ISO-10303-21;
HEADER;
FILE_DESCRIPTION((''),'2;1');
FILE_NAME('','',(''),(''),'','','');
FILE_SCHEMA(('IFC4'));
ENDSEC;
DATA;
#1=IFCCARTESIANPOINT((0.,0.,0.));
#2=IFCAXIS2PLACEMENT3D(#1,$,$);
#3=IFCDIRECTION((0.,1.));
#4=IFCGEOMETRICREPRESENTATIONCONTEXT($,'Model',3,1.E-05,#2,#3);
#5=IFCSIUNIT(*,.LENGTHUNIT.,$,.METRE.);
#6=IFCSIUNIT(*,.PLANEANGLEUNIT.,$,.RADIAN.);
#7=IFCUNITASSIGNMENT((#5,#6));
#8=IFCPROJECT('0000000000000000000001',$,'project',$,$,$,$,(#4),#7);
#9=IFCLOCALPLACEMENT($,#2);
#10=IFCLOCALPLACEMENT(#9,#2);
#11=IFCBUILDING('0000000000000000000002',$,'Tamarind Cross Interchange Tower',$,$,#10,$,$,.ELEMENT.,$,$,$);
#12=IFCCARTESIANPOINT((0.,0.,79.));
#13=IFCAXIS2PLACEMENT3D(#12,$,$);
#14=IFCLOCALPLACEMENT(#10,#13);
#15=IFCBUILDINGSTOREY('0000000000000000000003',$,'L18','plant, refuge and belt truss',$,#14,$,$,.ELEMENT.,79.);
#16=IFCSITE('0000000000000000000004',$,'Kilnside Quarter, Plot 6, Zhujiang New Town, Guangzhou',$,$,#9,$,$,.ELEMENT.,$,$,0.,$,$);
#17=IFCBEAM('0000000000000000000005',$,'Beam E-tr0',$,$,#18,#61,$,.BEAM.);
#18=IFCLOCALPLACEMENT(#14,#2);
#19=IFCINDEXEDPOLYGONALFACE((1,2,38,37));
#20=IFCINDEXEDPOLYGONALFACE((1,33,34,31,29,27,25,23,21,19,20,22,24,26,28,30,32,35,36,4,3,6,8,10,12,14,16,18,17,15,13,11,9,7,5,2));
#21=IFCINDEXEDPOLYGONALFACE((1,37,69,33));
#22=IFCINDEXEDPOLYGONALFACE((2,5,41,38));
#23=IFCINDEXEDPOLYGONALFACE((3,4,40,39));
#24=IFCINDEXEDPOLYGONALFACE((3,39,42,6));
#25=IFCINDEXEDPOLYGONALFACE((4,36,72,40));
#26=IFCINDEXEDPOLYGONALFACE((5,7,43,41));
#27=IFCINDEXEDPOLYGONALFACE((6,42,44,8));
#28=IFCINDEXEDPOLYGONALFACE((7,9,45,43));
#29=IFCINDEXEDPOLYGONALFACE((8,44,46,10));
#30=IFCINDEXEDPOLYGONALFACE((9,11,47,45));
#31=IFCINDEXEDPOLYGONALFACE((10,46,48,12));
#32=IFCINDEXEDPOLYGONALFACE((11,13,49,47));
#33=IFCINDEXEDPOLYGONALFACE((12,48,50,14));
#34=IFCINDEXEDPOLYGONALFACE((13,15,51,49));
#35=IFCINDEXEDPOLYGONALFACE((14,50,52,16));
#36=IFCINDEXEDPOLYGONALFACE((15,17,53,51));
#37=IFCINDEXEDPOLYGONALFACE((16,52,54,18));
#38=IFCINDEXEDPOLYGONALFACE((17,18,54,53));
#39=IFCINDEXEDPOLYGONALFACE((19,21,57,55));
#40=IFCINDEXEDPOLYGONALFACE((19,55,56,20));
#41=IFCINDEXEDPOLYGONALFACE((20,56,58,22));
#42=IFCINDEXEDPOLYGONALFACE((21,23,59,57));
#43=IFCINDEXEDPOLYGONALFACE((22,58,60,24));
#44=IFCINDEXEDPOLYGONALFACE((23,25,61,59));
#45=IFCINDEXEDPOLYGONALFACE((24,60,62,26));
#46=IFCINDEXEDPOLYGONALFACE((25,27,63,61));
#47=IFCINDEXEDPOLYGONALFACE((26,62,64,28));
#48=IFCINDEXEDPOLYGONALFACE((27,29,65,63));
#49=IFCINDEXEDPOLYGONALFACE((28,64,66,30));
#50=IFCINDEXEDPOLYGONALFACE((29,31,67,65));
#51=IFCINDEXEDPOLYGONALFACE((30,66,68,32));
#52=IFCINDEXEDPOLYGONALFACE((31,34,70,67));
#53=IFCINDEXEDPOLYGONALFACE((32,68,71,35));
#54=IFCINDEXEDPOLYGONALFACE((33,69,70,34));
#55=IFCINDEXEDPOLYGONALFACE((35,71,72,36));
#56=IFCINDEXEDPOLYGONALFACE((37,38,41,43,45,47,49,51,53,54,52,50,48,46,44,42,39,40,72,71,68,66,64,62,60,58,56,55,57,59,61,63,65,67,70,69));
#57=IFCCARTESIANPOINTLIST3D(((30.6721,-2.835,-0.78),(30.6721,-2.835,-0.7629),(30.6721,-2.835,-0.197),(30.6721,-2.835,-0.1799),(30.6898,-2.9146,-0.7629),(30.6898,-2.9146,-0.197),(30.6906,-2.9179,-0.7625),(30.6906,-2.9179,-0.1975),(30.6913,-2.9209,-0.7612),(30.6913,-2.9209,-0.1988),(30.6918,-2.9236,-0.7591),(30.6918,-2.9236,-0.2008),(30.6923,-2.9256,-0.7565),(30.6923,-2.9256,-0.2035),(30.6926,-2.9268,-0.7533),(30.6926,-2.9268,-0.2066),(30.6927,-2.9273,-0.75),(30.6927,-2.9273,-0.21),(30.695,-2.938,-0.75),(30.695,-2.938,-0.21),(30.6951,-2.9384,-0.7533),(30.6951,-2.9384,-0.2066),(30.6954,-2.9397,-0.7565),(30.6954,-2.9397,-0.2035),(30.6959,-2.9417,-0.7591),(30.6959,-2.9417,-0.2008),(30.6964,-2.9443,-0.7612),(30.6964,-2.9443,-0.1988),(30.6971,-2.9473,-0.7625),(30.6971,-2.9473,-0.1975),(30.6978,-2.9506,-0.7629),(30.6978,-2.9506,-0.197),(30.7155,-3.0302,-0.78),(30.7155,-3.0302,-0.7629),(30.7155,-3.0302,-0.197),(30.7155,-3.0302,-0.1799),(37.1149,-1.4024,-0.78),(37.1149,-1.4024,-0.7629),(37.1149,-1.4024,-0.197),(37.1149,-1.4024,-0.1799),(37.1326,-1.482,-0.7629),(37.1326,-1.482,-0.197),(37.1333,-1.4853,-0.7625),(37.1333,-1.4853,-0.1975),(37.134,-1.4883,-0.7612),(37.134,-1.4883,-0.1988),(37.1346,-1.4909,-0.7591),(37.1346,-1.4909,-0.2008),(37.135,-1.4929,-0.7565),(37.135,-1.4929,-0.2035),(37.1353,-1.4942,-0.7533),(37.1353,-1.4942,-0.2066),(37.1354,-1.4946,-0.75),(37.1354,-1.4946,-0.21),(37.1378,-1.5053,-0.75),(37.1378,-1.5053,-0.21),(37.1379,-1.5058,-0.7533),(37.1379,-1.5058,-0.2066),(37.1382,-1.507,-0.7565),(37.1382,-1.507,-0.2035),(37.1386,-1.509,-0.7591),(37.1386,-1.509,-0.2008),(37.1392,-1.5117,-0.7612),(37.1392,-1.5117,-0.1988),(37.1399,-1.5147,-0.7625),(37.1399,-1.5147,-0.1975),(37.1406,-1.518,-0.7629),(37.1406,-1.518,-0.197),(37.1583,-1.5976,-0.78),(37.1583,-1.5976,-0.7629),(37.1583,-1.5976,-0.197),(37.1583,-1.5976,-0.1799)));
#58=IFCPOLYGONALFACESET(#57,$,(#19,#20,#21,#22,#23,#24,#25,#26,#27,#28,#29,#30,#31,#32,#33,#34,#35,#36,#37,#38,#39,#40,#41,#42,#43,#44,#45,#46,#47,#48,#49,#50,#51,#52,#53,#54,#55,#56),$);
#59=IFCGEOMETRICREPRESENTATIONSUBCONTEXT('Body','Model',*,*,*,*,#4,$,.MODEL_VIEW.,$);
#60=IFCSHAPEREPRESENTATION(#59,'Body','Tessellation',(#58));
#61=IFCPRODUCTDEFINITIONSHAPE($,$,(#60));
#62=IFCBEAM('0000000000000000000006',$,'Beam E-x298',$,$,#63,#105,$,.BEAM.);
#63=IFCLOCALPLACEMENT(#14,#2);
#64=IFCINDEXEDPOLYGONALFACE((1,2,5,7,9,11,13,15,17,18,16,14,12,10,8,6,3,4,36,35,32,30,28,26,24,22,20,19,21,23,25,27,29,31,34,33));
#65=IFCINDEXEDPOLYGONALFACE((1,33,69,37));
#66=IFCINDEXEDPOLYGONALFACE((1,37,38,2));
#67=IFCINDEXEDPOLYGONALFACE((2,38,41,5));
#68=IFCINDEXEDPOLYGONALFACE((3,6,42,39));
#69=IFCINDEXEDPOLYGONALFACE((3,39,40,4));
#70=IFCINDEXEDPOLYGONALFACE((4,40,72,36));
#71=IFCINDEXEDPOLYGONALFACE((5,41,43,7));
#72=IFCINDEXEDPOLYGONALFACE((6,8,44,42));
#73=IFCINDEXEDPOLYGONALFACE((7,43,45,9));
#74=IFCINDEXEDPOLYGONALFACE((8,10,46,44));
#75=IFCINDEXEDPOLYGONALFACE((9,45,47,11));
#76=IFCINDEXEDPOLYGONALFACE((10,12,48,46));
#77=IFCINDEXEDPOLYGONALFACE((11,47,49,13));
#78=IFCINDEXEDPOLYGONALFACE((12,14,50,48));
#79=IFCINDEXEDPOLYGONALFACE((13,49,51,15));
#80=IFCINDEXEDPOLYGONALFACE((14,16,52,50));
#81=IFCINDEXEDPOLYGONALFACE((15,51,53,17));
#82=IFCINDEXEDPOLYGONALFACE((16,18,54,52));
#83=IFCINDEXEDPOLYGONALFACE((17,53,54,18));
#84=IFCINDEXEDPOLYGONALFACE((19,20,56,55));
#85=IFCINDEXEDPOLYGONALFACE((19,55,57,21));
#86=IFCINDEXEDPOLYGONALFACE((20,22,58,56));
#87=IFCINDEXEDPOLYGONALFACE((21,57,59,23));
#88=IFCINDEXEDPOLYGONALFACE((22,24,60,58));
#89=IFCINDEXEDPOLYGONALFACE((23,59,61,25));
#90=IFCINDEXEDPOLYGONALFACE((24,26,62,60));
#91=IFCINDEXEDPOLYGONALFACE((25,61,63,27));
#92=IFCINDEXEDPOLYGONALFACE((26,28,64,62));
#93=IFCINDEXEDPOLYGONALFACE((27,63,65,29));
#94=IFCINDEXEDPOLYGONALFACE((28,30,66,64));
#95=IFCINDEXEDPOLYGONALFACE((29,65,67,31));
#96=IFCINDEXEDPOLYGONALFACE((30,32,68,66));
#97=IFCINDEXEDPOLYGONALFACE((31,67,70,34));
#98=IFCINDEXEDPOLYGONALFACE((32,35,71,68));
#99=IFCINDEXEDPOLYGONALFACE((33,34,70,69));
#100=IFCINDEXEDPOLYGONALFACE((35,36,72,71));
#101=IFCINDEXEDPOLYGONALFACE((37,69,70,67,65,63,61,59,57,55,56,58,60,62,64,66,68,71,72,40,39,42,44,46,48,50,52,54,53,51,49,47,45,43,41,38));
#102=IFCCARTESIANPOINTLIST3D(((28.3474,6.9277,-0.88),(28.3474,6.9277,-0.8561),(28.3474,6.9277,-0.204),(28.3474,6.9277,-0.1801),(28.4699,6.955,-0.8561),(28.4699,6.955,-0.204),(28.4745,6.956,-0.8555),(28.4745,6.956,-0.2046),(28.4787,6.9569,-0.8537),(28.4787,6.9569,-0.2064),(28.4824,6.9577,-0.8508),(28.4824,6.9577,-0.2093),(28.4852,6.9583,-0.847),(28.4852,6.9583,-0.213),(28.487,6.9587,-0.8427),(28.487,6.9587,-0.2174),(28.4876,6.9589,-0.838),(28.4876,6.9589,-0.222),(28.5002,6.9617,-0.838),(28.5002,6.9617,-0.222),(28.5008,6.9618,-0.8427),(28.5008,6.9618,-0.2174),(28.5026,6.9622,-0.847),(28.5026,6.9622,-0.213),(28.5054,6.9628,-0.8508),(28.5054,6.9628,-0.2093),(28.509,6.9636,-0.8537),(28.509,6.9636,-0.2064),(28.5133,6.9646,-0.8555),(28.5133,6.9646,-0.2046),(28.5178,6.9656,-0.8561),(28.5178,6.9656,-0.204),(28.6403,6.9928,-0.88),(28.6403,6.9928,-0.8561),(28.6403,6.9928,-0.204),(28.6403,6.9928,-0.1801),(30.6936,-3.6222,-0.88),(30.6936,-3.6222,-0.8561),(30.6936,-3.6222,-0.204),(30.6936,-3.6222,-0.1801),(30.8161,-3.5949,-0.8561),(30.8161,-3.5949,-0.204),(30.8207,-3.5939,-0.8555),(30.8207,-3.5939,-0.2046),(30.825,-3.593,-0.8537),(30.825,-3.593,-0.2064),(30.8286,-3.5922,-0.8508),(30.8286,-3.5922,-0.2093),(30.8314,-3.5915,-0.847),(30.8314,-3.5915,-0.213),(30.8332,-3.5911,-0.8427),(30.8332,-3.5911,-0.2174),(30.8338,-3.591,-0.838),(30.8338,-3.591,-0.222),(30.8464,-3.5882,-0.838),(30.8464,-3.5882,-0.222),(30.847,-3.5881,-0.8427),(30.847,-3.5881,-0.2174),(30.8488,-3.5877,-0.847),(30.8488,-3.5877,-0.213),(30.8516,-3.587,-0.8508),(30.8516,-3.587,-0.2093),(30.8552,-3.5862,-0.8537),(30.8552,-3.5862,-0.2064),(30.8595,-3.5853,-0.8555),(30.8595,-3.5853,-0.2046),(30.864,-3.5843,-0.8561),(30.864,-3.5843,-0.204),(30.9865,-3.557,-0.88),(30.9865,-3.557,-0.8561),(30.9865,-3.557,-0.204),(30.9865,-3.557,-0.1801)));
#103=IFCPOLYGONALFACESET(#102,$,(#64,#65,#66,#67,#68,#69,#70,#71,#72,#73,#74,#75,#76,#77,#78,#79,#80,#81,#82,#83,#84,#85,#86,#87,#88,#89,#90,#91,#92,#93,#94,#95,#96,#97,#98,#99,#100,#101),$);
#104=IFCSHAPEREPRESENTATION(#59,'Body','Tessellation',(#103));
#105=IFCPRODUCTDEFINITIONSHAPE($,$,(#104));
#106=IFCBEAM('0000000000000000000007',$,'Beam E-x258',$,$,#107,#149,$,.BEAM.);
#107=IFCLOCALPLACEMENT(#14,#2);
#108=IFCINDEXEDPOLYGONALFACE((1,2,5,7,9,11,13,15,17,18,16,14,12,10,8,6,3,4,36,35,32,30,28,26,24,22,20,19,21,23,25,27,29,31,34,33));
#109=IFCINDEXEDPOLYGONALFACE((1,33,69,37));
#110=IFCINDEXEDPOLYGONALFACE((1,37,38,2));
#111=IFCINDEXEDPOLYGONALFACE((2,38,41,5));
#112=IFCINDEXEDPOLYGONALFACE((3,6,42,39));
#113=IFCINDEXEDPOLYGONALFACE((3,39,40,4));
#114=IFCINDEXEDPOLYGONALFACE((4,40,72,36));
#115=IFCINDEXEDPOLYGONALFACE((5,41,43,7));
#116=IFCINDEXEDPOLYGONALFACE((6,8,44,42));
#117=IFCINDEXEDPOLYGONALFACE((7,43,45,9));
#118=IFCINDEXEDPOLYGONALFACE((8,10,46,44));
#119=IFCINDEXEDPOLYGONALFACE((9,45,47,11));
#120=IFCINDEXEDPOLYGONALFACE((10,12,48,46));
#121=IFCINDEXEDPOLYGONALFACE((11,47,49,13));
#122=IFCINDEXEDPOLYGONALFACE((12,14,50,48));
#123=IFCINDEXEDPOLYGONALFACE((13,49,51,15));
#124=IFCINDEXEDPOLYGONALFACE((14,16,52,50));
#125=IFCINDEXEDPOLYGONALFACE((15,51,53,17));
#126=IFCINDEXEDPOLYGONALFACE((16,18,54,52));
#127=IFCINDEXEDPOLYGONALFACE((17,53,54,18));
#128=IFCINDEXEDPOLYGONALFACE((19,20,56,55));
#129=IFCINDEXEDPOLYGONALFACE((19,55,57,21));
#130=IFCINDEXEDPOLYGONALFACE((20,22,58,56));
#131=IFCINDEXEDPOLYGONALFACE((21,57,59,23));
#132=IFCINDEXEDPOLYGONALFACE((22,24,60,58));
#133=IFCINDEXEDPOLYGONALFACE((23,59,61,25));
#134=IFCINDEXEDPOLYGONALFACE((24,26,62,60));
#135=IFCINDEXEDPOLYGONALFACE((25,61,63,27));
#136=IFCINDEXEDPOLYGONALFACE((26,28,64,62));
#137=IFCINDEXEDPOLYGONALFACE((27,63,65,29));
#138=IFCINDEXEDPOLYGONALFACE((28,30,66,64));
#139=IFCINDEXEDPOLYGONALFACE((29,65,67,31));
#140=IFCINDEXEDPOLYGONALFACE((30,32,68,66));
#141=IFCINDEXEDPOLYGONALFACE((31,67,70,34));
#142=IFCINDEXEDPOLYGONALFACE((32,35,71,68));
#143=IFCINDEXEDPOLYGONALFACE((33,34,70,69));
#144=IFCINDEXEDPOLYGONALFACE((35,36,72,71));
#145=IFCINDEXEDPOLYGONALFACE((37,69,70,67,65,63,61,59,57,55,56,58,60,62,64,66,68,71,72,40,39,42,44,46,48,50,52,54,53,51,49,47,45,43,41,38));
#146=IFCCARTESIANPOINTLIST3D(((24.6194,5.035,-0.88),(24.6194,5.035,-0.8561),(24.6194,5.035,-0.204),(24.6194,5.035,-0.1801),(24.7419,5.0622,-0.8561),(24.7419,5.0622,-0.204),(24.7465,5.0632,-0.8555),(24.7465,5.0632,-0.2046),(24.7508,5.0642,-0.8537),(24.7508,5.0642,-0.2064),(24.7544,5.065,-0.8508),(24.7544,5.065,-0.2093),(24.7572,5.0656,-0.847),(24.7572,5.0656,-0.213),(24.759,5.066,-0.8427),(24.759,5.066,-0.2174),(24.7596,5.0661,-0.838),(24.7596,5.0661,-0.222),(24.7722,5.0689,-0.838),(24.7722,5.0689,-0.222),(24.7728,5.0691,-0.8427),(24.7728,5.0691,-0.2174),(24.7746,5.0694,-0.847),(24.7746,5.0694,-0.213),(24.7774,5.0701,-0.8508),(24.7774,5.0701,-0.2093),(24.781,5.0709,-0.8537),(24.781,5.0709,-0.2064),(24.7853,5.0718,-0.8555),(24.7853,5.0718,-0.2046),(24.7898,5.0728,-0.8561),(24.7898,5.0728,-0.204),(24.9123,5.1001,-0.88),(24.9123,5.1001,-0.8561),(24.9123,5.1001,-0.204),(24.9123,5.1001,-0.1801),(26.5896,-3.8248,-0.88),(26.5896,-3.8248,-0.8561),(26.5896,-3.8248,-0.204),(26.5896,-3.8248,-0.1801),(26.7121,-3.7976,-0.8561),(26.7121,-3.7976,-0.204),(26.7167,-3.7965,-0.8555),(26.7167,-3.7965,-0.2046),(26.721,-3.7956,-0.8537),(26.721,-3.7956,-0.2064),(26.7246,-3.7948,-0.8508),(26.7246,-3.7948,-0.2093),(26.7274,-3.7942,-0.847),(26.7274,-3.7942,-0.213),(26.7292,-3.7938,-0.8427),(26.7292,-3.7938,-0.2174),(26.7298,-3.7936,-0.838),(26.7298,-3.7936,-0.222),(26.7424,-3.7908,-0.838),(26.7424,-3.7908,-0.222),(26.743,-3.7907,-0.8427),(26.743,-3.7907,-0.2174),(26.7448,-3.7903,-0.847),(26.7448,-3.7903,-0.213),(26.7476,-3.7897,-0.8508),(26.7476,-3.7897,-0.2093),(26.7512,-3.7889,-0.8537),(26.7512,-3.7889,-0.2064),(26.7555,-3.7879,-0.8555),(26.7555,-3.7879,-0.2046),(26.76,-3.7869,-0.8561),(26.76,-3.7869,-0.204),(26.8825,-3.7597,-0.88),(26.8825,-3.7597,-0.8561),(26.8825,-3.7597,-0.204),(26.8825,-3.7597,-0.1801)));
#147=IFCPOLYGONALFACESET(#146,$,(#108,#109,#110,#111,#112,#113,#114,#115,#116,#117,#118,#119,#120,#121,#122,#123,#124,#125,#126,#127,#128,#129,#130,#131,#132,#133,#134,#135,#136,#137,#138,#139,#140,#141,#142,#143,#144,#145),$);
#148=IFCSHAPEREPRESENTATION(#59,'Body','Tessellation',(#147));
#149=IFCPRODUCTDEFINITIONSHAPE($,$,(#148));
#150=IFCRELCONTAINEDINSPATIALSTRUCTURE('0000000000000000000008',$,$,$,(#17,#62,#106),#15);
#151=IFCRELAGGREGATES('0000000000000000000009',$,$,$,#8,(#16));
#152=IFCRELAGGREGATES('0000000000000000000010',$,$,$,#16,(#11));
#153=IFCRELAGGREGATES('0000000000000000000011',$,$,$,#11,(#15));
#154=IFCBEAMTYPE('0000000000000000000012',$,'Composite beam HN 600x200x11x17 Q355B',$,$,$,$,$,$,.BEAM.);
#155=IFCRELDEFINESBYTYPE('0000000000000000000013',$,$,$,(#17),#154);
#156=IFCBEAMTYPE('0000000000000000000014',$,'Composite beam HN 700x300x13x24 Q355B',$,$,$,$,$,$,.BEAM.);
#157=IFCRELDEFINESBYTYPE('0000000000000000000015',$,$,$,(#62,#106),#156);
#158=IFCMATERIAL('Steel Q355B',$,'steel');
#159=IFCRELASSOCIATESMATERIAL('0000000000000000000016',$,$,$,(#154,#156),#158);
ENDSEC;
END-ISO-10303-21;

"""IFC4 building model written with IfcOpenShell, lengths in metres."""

from ifc_helpers import new_model, si_unit, direction, frame, origin, origin_2d, place, context, subcontext, project, spatial, i_section, extrude, material, material_profile, profile_set, type_object, element, save


model = new_model("IFC4")

# Units and contexts
model_context = context("Model", 3, precision=1e-05, world=origin(), true_north=direction((0.0, 1.0)))
body_context = subcontext(model_context, "Body", "Model", "MODEL_VIEW")
ifc_project = project(units=[si_unit("LENGTHUNIT", "METRE"), si_unit("PLANEANGLEUNIT", "RADIAN")], contexts=[model_context])

# Site, building, storey
site_placement = place(None, origin())
site = spatial("IfcSite", under=ifc_project, at=site_placement, Name="Kilnside Quarter, Plot 6, Zhujiang New Town, Guangzhou", CompositionType="ELEMENT", RefElevation=0.0)
building_placement = place(site_placement, origin())
building = spatial("IfcBuilding", under=site, at=building_placement, Name="Tamarind Cross Interchange Tower", CompositionType="ELEMENT")
storey_placement = place(building_placement, frame((0.0, 0.0, 79.0)))
storey = spatial("IfcBuildingStorey", under=building, at=storey_placement, Name="L18", Description="plant, refuge and belt truss", CompositionType="ELEMENT", Elevation=79.0)

# Beams
ifc_material_1 = material(Name="Steel Q355B", Category="steel")
ifc_material_profile_1 = material_profile(ifc_material_1, i_section(OverallWidth=0.2, OverallDepth=0.6001, WebThickness=0.011, FlangeThickness=0.0171, FilletRadius=0.0129, at=origin_2d()), Name="HN 600x200x11x17")
ifc_profile_set_1 = profile_set([ifc_material_profile_1], Name="Steel Q355B")
beam_type_1 = type_object("IfcBeamType", Name="Composite beam HN 600x200x11x17 Q355B", PredefinedType="BEAM", material=ifc_profile_set_1)
beam_1_placement = place(storey_placement, frame((30.6938, -2.9326, -0.48), z_axis=(0.976157, 0.217064, 0.0), x_axis=(-0.217064, 0.976157, 0.0)))
element("IfcBeam", 1, at=beam_1_placement, inside=storey, type_object=beam_type_1, Name="Beam E-tr0", PredefinedType="BEAM", context=body_context, shape_type="SweptSolid", body=[
    extrude(i_section(OverallWidth=0.2, OverallDepth=0.6001, WebThickness=0.011, FlangeThickness=0.0171, FilletRadius=0.0129, at=origin_2d()), origin(), (0.0, 0.0, 1.0), 6.6001),
])
ifc_material_profile_2 = material_profile(ifc_material_1, i_section(OverallWidth=0.3, OverallDepth=0.7, WebThickness=0.0129, FlangeThickness=0.0239, FilletRadius=0.0181, at=origin_2d()), Name="HN 700x300x13x24")
ifc_profile_set_2 = profile_set([ifc_material_profile_2], Name="Steel Q355B")
beam_type_2 = type_object("IfcBeamType", Name="Composite beam HN 700x300x13x24 Q355B", PredefinedType="BEAM", material=ifc_profile_set_2)
beam_2_placement = place(storey_placement, frame((30.8401, -3.5896, -0.53), z_axis=(-0.217088, 0.976152, 0.0), x_axis=(-0.976152, -0.217088, 0.0)))
element("IfcBeam", 2, at=beam_2_placement, inside=storey, type_object=beam_type_2, Name="Beam E-x298", PredefinedType="BEAM", context=body_context, shape_type="SweptSolid", body=[
    extrude(i_section(OverallWidth=0.3, OverallDepth=0.7, WebThickness=0.0129, FlangeThickness=0.0239, FilletRadius=0.0181, at=origin_2d()), origin(), (0.0, 0.0, 1.0), 10.8076),
])
beam_3_placement = place(storey_placement, frame((26.7361, -3.7922, -0.53), z_axis=(-0.217073, 0.976155, 0.0), x_axis=(-0.976155, -0.217073, 0.0)))
element("IfcBeam", 3, at=beam_3_placement, inside=storey, type_object=beam_type_2, Name="Beam E-x258", PredefinedType="BEAM", context=body_context, shape_type="SweptSolid", body=[
    extrude(i_section(OverallWidth=0.3, OverallDepth=0.7, WebThickness=0.0129, FlangeThickness=0.0239, FilletRadius=0.0181, at=origin_2d()), origin(), (0.0, 0.0, 1.0), 9.0762),
])

save(model, "model.ifc")
